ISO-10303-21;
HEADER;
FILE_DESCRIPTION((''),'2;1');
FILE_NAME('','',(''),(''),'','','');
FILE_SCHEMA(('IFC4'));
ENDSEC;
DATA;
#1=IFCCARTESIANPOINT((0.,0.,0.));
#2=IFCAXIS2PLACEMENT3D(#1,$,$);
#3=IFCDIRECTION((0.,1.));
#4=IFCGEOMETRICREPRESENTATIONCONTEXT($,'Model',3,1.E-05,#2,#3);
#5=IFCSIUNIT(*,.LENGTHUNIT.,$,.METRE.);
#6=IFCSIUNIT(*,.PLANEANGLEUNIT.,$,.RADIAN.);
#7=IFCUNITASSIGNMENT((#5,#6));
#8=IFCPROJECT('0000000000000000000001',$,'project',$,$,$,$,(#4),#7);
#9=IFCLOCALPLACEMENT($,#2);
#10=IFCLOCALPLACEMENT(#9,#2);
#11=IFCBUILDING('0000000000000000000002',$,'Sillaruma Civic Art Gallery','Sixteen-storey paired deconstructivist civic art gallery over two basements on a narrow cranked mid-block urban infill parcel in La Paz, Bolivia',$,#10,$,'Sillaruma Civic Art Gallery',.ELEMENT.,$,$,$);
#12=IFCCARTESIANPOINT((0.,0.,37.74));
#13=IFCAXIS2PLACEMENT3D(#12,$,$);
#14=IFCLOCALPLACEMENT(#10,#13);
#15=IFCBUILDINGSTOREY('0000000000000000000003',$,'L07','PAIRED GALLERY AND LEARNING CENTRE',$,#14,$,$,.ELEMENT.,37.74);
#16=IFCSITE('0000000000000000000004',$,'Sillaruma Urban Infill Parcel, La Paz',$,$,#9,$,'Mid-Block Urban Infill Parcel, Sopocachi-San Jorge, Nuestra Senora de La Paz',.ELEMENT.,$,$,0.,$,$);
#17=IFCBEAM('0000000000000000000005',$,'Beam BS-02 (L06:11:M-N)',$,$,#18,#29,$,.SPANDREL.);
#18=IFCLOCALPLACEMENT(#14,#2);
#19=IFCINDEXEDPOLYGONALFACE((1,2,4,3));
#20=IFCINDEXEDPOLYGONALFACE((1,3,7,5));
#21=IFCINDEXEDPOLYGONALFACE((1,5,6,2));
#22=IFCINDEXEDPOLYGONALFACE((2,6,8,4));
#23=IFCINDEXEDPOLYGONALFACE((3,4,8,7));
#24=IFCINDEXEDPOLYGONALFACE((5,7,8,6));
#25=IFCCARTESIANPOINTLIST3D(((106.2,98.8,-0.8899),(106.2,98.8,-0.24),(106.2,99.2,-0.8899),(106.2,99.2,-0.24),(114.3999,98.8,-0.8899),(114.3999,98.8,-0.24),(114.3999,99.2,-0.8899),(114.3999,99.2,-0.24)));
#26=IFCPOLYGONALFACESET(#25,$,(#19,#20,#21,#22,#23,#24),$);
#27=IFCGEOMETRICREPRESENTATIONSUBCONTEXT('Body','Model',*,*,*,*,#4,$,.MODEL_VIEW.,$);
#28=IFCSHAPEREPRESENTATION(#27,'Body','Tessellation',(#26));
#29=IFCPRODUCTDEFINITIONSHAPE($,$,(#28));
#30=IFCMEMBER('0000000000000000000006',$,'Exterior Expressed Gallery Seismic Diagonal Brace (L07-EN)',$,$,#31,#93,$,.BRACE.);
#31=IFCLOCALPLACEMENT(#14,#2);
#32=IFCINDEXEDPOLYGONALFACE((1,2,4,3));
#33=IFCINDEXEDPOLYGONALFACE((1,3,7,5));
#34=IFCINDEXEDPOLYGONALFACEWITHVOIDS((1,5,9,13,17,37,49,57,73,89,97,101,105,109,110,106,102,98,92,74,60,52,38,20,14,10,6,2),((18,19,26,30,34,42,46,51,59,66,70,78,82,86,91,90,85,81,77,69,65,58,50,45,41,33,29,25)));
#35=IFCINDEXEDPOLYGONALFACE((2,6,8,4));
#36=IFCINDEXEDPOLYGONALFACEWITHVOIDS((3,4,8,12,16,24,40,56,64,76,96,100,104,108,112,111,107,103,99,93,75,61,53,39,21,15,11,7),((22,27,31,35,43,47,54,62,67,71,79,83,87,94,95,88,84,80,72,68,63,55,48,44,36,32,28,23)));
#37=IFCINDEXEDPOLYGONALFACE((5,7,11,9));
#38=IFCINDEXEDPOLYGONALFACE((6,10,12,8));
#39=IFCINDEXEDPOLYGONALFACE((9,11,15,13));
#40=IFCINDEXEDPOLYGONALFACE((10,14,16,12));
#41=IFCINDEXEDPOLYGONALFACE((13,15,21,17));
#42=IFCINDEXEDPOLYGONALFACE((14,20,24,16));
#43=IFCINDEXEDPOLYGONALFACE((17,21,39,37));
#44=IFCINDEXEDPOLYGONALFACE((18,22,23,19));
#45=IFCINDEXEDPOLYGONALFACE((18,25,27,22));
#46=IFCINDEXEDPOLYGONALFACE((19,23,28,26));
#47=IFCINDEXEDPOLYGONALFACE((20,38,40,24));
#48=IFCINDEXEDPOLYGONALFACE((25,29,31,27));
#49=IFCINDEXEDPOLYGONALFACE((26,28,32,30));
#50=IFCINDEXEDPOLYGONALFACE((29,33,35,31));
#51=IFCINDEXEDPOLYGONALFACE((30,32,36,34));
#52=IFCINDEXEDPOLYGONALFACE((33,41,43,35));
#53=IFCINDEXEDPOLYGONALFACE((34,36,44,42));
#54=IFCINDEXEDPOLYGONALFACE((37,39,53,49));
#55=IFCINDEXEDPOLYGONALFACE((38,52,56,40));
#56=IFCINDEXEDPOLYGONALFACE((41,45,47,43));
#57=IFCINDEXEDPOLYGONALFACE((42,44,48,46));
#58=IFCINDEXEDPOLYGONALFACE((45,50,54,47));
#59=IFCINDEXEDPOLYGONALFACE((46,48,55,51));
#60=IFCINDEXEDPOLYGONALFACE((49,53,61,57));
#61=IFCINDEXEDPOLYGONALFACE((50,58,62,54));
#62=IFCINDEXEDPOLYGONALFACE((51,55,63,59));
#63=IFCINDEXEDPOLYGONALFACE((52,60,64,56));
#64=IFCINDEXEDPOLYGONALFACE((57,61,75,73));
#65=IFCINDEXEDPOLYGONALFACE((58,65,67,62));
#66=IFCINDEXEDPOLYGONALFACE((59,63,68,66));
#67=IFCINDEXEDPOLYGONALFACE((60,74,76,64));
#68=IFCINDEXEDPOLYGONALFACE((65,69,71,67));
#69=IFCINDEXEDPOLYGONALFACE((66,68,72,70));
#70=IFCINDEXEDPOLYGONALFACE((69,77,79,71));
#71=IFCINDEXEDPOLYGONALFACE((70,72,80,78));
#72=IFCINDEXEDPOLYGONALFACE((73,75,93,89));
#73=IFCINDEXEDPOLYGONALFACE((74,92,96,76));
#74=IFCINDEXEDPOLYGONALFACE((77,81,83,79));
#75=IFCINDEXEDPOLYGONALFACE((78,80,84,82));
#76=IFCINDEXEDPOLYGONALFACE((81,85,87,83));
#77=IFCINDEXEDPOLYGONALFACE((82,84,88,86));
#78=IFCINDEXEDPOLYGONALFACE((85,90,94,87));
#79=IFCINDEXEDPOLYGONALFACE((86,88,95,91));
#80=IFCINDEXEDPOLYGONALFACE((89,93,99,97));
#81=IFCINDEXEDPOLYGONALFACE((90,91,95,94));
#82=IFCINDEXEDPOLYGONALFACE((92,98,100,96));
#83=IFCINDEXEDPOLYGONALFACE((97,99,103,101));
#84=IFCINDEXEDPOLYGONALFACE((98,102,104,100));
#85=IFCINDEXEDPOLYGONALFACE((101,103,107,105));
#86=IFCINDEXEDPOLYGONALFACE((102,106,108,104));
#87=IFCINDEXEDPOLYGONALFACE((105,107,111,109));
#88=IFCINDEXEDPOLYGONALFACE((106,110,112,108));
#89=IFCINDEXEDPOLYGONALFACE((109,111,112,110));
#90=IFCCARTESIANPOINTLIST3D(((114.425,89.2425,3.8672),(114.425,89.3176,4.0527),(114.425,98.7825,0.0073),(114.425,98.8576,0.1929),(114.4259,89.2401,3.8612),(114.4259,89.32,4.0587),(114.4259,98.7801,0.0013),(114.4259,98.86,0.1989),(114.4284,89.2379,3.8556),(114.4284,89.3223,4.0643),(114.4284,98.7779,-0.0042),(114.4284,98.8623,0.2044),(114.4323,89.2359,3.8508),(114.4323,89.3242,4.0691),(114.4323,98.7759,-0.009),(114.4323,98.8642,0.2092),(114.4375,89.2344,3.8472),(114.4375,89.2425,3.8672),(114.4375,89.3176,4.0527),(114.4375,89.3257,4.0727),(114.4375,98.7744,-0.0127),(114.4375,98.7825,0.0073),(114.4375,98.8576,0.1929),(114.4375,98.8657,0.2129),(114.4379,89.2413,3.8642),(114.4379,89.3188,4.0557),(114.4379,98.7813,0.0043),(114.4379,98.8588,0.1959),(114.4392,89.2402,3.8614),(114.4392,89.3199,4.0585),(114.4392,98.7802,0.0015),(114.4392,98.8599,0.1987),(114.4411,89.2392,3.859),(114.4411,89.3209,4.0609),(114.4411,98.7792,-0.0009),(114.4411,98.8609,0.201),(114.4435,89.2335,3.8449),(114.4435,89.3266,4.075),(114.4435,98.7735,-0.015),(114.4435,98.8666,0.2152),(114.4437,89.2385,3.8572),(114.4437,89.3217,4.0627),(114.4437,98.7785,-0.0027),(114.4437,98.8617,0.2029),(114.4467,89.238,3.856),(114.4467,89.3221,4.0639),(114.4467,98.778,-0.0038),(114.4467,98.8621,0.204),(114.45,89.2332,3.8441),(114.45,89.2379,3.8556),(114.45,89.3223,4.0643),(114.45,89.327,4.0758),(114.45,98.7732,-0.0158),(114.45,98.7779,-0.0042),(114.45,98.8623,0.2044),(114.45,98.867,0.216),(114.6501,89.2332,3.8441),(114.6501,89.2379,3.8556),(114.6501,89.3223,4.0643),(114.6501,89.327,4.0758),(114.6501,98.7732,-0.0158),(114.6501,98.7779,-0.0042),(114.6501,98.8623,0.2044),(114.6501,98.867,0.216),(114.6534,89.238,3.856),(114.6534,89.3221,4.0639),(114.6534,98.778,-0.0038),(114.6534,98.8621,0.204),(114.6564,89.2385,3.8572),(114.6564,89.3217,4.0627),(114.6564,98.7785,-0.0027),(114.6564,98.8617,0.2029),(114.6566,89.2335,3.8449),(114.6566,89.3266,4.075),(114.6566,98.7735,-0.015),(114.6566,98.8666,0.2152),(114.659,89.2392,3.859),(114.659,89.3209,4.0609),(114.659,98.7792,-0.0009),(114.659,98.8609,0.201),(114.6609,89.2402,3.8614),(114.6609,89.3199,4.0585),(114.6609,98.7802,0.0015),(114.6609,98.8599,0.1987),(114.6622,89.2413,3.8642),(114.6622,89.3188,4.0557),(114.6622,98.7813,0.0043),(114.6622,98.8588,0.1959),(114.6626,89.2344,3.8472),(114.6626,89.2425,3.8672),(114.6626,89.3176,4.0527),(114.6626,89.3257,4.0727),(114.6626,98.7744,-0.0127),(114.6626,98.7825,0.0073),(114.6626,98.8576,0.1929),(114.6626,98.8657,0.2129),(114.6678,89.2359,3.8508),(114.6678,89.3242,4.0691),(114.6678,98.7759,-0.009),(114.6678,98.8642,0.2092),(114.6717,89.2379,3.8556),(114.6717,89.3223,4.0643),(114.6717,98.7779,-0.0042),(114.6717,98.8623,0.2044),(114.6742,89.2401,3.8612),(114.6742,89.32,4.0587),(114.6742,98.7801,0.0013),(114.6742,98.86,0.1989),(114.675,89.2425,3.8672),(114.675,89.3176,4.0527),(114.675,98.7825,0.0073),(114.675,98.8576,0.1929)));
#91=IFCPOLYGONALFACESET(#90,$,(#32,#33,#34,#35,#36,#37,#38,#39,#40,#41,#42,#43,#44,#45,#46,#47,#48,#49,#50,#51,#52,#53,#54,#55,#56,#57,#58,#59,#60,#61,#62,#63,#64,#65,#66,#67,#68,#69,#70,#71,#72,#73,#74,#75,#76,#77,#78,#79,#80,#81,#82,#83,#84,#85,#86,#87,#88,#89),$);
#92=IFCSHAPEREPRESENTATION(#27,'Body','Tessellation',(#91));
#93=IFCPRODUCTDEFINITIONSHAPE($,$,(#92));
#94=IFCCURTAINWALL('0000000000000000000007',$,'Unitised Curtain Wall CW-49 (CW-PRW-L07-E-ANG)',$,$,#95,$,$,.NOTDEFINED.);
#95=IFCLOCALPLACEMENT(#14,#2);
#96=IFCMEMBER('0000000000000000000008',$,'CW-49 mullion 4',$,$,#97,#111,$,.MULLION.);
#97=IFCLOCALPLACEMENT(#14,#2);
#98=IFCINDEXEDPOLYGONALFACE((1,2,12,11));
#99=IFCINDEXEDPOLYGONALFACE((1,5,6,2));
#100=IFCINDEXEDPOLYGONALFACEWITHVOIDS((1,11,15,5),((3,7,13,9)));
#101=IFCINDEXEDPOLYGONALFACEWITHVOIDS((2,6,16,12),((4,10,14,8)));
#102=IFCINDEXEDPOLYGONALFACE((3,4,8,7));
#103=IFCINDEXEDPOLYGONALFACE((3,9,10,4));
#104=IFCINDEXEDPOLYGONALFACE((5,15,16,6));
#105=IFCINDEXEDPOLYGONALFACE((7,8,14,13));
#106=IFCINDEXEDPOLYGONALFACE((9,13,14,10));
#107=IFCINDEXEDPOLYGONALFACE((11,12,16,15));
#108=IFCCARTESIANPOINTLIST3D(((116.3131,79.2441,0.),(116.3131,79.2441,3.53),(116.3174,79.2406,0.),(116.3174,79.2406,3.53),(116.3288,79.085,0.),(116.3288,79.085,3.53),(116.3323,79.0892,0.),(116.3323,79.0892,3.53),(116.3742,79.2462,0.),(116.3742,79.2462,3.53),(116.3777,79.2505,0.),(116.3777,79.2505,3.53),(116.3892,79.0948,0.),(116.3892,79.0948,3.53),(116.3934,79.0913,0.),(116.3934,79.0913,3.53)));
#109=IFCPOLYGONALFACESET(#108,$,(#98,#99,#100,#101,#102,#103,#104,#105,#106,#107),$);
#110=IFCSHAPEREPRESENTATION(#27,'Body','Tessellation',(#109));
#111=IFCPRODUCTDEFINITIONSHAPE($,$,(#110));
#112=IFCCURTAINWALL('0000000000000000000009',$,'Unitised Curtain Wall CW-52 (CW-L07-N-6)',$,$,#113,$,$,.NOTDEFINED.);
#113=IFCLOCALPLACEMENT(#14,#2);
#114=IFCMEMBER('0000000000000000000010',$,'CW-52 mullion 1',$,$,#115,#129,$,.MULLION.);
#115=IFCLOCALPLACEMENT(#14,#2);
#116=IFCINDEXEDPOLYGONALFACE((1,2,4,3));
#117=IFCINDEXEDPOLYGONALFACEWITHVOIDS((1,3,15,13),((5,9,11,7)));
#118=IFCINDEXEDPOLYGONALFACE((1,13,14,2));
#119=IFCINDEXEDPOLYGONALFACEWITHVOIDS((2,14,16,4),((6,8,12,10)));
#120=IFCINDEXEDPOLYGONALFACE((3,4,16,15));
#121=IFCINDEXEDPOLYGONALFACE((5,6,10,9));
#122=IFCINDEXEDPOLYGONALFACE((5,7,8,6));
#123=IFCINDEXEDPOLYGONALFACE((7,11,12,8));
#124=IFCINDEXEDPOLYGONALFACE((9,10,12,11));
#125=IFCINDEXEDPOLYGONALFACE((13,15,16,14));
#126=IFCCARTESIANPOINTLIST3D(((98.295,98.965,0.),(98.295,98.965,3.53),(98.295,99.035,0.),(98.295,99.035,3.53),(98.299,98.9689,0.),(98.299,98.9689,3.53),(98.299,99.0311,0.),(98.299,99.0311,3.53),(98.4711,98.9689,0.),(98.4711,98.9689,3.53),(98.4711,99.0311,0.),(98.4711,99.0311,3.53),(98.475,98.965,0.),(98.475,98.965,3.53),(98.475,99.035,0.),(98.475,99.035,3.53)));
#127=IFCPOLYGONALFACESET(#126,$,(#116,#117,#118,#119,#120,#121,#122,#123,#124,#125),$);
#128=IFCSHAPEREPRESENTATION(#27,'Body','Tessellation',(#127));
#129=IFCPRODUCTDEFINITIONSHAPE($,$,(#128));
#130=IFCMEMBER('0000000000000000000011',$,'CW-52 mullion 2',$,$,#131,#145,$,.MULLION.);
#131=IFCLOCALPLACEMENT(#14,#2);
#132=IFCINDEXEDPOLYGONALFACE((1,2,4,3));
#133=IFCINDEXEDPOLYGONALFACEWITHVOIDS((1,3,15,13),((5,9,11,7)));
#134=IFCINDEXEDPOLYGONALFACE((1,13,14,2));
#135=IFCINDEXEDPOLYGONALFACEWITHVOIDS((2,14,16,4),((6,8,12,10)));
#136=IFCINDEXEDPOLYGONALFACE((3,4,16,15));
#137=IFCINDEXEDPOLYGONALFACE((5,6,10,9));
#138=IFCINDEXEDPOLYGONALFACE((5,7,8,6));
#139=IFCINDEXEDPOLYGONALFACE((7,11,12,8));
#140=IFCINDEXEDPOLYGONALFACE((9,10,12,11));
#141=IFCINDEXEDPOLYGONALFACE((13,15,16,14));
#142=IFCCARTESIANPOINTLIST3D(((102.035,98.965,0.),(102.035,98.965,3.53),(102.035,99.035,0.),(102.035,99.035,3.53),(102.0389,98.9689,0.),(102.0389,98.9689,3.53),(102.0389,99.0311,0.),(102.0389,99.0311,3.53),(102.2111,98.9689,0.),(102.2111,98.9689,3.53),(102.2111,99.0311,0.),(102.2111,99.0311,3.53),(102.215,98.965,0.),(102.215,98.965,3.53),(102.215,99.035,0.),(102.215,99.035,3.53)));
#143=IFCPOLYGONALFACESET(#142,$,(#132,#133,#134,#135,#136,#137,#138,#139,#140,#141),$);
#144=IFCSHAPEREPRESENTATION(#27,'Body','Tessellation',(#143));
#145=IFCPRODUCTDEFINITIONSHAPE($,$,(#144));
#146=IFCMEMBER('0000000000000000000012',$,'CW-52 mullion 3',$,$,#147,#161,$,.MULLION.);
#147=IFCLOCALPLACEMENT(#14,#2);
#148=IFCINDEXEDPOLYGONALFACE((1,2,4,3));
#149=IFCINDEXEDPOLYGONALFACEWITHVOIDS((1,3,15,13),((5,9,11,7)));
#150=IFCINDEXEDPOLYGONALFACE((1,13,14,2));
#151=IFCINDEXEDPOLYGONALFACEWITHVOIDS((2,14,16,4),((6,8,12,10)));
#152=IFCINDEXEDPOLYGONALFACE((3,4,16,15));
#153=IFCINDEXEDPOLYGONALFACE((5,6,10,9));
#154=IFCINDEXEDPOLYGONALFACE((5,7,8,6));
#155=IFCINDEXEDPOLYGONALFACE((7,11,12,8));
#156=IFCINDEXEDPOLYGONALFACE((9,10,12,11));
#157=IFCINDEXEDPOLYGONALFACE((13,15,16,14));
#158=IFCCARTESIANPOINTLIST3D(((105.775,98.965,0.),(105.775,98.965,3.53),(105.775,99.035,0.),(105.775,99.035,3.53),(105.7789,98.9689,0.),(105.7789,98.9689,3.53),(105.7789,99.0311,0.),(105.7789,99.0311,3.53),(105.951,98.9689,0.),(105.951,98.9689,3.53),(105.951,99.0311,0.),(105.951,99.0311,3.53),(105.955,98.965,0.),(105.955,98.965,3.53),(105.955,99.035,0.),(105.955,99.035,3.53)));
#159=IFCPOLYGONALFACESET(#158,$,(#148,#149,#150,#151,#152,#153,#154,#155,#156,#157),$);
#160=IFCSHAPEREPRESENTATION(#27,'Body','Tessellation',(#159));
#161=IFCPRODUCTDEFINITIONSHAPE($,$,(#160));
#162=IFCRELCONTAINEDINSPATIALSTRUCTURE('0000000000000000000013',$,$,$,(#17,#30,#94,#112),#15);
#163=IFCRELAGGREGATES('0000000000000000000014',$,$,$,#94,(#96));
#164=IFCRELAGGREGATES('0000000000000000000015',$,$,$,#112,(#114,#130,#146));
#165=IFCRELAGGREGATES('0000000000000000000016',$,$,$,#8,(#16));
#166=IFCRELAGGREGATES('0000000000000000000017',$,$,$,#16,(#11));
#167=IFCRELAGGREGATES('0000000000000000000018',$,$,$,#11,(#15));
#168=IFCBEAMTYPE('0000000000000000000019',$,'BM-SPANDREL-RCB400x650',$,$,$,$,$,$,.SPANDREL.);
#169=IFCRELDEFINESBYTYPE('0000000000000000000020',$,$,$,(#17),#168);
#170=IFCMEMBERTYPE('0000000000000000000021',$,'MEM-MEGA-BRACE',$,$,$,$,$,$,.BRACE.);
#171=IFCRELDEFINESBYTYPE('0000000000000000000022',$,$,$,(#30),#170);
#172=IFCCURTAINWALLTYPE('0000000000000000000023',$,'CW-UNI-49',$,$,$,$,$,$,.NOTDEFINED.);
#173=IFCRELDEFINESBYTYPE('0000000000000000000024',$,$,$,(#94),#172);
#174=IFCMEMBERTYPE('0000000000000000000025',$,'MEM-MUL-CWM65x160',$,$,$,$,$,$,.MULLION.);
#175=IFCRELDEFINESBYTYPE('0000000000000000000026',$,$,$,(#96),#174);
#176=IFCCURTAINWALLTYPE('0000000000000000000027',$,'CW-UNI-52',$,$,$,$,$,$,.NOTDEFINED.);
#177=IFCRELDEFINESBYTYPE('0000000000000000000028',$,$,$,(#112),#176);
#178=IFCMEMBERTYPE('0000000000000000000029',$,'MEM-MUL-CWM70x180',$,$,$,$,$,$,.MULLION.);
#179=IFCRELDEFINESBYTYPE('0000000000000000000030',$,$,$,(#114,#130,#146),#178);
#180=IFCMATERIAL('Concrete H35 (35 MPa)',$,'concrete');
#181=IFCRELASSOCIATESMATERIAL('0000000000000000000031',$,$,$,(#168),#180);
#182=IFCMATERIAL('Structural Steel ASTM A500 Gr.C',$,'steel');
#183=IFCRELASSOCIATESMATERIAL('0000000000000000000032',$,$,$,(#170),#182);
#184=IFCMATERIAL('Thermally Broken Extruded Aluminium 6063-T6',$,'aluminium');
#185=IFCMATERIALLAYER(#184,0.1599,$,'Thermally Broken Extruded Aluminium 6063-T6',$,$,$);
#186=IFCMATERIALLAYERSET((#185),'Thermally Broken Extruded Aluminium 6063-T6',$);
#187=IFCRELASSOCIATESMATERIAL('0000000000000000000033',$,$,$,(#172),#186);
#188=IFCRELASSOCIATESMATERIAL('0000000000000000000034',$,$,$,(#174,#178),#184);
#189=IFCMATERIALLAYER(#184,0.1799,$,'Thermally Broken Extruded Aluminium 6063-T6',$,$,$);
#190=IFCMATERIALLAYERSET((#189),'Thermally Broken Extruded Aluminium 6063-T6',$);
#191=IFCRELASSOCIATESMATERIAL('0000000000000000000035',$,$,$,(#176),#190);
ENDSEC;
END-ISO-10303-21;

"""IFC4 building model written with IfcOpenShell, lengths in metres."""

from ifc_helpers import new_model, si_unit, direction, frame, origin, origin_2d, place, context, subcontext, project, spatial, rectangle, hollow_rectangle, extrude, material, layer, layer_set, material_profile, profile_set, type_object, element, aggregate, save


model = new_model("IFC4")

# Units and contexts
model_context = context("Model", 3, precision=1e-05, world=origin(), true_north=direction((0.0, 1.0)))
body_context = subcontext(model_context, "Body", "Model", "MODEL_VIEW")
ifc_project = project(units=[si_unit("LENGTHUNIT", "METRE"), si_unit("PLANEANGLEUNIT", "RADIAN")], contexts=[model_context])

# Site, building, storey
site_placement = place(None, origin())
site = spatial("IfcSite", under=ifc_project, at=site_placement, Name="Sillaruma Urban Infill Parcel, La Paz", LongName="Mid-Block Urban Infill Parcel, Sopocachi-San Jorge, Nuestra Senora de La Paz", CompositionType="ELEMENT", RefElevation=0.0)
building_placement = place(site_placement, origin())
building = spatial("IfcBuilding", under=site, at=building_placement, Name="Sillaruma Civic Art Gallery", Description="Sixteen-storey paired deconstructivist civic art gallery over two basements on a narrow cranked mid-block urban infill parcel in La Paz, Bolivia", LongName="Sillaruma Civic Art Gallery", CompositionType="ELEMENT")
storey_placement = place(building_placement, frame((0.0, 0.0, 37.74)))
storey = spatial("IfcBuildingStorey", under=building, at=storey_placement, Name="L07", Description="PAIRED GALLERY AND LEARNING CENTRE", CompositionType="ELEMENT", Elevation=37.74)

# Beam
ifc_material_1 = material(Name="Concrete H35 (35 MPa)", Category="concrete")
ifc_material_profile_1 = material_profile(ifc_material_1, rectangle(XDim=0.3999, YDim=0.6499, at=origin_2d()), Name="RCB400x650")
ifc_profile_set_1 = profile_set([ifc_material_profile_1], Name="Concrete H35 (35 MPa)")
beam_type_1 = type_object("IfcBeamType", Name="BM-SPANDREL-RCB400x650", PredefinedType="SPANDREL", material=ifc_profile_set_1)
beam_1_placement = place(storey_placement, frame((106.2, 99.0, -0.5649), z_axis=(1.0, 0.0, 0.0), x_axis=(0.0, 1.0, 0.0)))
element("IfcBeam", 1, at=beam_1_placement, inside=storey, type_object=beam_type_1, Name="Beam BS-02 (L06:11:M-N)", PredefinedType="SPANDREL", context=body_context, shape_type="SweptSolid", body=[
    extrude(rectangle(XDim=0.3999, YDim=0.6499, at=origin_2d()), origin(), (0.0, 0.0, 1.0), 8.2),
])

# Member
ifc_material_2 = material(Name="Structural Steel ASTM A500 Gr.C", Category="steel")
ifc_material_profile_2 = material_profile(ifc_material_2, hollow_rectangle(XDim=0.25, YDim=0.25, WallThickness=0.0125, InnerFilletRadius=0.0125, OuterFilletRadius=0.0249, at=origin_2d()), Name="HSS250x250x12.5")
ifc_profile_set_2 = profile_set([ifc_material_profile_2], Name="Structural Steel ASTM A500 Gr.C")
member_type_1 = type_object("IfcMemberType", Name="MEM-MEGA-BRACE", PredefinedType="BRACE", material=ifc_profile_set_2)
member_1_placement = place(storey_placement, frame((114.55, 98.8201, 0.1001), z_axis=(0.0, -0.927, 0.375061), x_axis=(1.0, 0.0, 0.0)))
element("IfcMember", 2, at=member_1_placement, inside=storey, type_object=member_type_1, Name="Exterior Expressed Gallery Seismic Diagonal Brace (L07-EN)", PredefinedType="BRACE", context=body_context, shape_type="SweptSolid", body=[
    extrude(hollow_rectangle(XDim=0.25, YDim=0.25, WallThickness=0.0125, InnerFilletRadius=0.0125, OuterFilletRadius=0.0249, at=origin_2d()), origin(), (0.0, 0.0, 1.0), 10.2913),
])

# Curtain wall, member
ifc_material_3 = material(Name="Thermally Broken Extruded Aluminium 6063-T6", Category="aluminium")
ifc_layer_1 = layer(ifc_material_3, 0.1599, Name="Thermally Broken Extruded Aluminium 6063-T6")
ifc_layer_set_1 = layer_set([ifc_layer_1], Name="Thermally Broken Extruded Aluminium 6063-T6")
curtain_wall_type_1 = type_object("IfcCurtainWallType", Name="CW-UNI-49", PredefinedType="NOTDEFINED", material=ifc_layer_set_1)
curtain_wall_1_placement = place(storey_placement, origin())
curtain_wall_1 = element("IfcCurtainWall", 3, at=curtain_wall_1_placement, inside=storey, type_object=curtain_wall_type_1, Name="Unitised Curtain Wall CW-49 (CW-PRW-L07-E-ANG)", PredefinedType="NOTDEFINED")
ifc_material_profile_3 = material_profile(ifc_material_3, hollow_rectangle(XDim=0.0649, YDim=0.1599, WallThickness=0.0039, at=origin_2d()), Name="CWM65x160")
ifc_profile_set_3 = profile_set([ifc_material_profile_3], Name="Thermally Broken Extruded Aluminium 6063-T6")
member_type_2 = type_object("IfcMemberType", Name="MEM-MUL-CWM65x160", PredefinedType="MULLION", material=ifc_profile_set_3)
member_2_placement = place(storey_placement, frame((116.3533, 79.1677, 0.0), z_axis=(0.0, 0.0, 1.0), x_axis=(-0.995185, -0.098011, 0.0)))
member_2 = element("IfcMember", 4, at=member_2_placement, type_object=member_type_2, Name="CW-49 mullion 4", PredefinedType="MULLION", context=body_context, shape_type="SweptSolid", body=[
    extrude(hollow_rectangle(XDim=0.0649, YDim=0.1599, WallThickness=0.0039, at=origin_2d()), origin(), (0.0, 0.0, 1.0), 3.53),
])

# Curtain wall, members
ifc_layer_2 = layer(ifc_material_3, 0.1799, Name="Thermally Broken Extruded Aluminium 6063-T6")
ifc_layer_set_2 = layer_set([ifc_layer_2], Name="Thermally Broken Extruded Aluminium 6063-T6")
curtain_wall_type_2 = type_object("IfcCurtainWallType", Name="CW-UNI-52", PredefinedType="NOTDEFINED", material=ifc_layer_set_2)
curtain_wall_2_placement = place(storey_placement, origin())
curtain_wall_2 = element("IfcCurtainWall", 5, at=curtain_wall_2_placement, inside=storey, type_object=curtain_wall_type_2, Name="Unitised Curtain Wall CW-52 (CW-L07-N-6)", PredefinedType="NOTDEFINED")
ifc_material_profile_4 = material_profile(ifc_material_3, hollow_rectangle(XDim=0.0701, YDim=0.1799, WallThickness=0.0039, at=origin_2d()), Name="CWM70x180")
ifc_profile_set_4 = profile_set([ifc_material_profile_4], Name="Thermally Broken Extruded Aluminium 6063-T6")
member_type_3 = type_object("IfcMemberType", Name="MEM-MUL-CWM70x180", PredefinedType="MULLION", material=ifc_profile_set_4)
member_3_placement = place(storey_placement, frame((98.385, 99.0, 0.0), z_axis=(0.0, 0.0, 1.0), x_axis=(0.0, 1.0, 0.0)))
member_3 = element("IfcMember", 6, at=member_3_placement, type_object=member_type_3, Name="CW-52 mullion 1", PredefinedType="MULLION", context=body_context, shape_type="SweptSolid", body=[
    extrude(hollow_rectangle(XDim=0.0701, YDim=0.1799, WallThickness=0.0039, at=origin_2d()), origin(), (0.0, 0.0, 1.0), 3.53),
])
member_4_placement = place(storey_placement, frame((102.125, 99.0, 0.0), z_axis=(0.0, 0.0, 1.0), x_axis=(0.0, 1.0, 0.0)))
member_4 = element("IfcMember", 7, at=member_4_placement, type_object=member_type_3, Name="CW-52 mullion 2", PredefinedType="MULLION", context=body_context, shape_type="SweptSolid", body=[
    extrude(hollow_rectangle(XDim=0.0701, YDim=0.1799, WallThickness=0.0039, at=origin_2d()), origin(), (0.0, 0.0, 1.0), 3.53),
])
member_5_placement = place(storey_placement, frame((105.865, 99.0, 0.0), z_axis=(0.0, 0.0, 1.0), x_axis=(0.0, 1.0, 0.0)))
member_5 = element("IfcMember", 8, at=member_5_placement, type_object=member_type_3, Name="CW-52 mullion 3", PredefinedType="MULLION", context=body_context, shape_type="SweptSolid", body=[
    extrude(hollow_rectangle(XDim=0.0701, YDim=0.1799, WallThickness=0.0039, at=origin_2d()), origin(), (0.0, 0.0, 1.0), 3.53),
])

aggregate(curtain_wall_1, [member_2])
aggregate(curtain_wall_2, [member_3, member_4, member_5])

save(model, "model.ifc")
